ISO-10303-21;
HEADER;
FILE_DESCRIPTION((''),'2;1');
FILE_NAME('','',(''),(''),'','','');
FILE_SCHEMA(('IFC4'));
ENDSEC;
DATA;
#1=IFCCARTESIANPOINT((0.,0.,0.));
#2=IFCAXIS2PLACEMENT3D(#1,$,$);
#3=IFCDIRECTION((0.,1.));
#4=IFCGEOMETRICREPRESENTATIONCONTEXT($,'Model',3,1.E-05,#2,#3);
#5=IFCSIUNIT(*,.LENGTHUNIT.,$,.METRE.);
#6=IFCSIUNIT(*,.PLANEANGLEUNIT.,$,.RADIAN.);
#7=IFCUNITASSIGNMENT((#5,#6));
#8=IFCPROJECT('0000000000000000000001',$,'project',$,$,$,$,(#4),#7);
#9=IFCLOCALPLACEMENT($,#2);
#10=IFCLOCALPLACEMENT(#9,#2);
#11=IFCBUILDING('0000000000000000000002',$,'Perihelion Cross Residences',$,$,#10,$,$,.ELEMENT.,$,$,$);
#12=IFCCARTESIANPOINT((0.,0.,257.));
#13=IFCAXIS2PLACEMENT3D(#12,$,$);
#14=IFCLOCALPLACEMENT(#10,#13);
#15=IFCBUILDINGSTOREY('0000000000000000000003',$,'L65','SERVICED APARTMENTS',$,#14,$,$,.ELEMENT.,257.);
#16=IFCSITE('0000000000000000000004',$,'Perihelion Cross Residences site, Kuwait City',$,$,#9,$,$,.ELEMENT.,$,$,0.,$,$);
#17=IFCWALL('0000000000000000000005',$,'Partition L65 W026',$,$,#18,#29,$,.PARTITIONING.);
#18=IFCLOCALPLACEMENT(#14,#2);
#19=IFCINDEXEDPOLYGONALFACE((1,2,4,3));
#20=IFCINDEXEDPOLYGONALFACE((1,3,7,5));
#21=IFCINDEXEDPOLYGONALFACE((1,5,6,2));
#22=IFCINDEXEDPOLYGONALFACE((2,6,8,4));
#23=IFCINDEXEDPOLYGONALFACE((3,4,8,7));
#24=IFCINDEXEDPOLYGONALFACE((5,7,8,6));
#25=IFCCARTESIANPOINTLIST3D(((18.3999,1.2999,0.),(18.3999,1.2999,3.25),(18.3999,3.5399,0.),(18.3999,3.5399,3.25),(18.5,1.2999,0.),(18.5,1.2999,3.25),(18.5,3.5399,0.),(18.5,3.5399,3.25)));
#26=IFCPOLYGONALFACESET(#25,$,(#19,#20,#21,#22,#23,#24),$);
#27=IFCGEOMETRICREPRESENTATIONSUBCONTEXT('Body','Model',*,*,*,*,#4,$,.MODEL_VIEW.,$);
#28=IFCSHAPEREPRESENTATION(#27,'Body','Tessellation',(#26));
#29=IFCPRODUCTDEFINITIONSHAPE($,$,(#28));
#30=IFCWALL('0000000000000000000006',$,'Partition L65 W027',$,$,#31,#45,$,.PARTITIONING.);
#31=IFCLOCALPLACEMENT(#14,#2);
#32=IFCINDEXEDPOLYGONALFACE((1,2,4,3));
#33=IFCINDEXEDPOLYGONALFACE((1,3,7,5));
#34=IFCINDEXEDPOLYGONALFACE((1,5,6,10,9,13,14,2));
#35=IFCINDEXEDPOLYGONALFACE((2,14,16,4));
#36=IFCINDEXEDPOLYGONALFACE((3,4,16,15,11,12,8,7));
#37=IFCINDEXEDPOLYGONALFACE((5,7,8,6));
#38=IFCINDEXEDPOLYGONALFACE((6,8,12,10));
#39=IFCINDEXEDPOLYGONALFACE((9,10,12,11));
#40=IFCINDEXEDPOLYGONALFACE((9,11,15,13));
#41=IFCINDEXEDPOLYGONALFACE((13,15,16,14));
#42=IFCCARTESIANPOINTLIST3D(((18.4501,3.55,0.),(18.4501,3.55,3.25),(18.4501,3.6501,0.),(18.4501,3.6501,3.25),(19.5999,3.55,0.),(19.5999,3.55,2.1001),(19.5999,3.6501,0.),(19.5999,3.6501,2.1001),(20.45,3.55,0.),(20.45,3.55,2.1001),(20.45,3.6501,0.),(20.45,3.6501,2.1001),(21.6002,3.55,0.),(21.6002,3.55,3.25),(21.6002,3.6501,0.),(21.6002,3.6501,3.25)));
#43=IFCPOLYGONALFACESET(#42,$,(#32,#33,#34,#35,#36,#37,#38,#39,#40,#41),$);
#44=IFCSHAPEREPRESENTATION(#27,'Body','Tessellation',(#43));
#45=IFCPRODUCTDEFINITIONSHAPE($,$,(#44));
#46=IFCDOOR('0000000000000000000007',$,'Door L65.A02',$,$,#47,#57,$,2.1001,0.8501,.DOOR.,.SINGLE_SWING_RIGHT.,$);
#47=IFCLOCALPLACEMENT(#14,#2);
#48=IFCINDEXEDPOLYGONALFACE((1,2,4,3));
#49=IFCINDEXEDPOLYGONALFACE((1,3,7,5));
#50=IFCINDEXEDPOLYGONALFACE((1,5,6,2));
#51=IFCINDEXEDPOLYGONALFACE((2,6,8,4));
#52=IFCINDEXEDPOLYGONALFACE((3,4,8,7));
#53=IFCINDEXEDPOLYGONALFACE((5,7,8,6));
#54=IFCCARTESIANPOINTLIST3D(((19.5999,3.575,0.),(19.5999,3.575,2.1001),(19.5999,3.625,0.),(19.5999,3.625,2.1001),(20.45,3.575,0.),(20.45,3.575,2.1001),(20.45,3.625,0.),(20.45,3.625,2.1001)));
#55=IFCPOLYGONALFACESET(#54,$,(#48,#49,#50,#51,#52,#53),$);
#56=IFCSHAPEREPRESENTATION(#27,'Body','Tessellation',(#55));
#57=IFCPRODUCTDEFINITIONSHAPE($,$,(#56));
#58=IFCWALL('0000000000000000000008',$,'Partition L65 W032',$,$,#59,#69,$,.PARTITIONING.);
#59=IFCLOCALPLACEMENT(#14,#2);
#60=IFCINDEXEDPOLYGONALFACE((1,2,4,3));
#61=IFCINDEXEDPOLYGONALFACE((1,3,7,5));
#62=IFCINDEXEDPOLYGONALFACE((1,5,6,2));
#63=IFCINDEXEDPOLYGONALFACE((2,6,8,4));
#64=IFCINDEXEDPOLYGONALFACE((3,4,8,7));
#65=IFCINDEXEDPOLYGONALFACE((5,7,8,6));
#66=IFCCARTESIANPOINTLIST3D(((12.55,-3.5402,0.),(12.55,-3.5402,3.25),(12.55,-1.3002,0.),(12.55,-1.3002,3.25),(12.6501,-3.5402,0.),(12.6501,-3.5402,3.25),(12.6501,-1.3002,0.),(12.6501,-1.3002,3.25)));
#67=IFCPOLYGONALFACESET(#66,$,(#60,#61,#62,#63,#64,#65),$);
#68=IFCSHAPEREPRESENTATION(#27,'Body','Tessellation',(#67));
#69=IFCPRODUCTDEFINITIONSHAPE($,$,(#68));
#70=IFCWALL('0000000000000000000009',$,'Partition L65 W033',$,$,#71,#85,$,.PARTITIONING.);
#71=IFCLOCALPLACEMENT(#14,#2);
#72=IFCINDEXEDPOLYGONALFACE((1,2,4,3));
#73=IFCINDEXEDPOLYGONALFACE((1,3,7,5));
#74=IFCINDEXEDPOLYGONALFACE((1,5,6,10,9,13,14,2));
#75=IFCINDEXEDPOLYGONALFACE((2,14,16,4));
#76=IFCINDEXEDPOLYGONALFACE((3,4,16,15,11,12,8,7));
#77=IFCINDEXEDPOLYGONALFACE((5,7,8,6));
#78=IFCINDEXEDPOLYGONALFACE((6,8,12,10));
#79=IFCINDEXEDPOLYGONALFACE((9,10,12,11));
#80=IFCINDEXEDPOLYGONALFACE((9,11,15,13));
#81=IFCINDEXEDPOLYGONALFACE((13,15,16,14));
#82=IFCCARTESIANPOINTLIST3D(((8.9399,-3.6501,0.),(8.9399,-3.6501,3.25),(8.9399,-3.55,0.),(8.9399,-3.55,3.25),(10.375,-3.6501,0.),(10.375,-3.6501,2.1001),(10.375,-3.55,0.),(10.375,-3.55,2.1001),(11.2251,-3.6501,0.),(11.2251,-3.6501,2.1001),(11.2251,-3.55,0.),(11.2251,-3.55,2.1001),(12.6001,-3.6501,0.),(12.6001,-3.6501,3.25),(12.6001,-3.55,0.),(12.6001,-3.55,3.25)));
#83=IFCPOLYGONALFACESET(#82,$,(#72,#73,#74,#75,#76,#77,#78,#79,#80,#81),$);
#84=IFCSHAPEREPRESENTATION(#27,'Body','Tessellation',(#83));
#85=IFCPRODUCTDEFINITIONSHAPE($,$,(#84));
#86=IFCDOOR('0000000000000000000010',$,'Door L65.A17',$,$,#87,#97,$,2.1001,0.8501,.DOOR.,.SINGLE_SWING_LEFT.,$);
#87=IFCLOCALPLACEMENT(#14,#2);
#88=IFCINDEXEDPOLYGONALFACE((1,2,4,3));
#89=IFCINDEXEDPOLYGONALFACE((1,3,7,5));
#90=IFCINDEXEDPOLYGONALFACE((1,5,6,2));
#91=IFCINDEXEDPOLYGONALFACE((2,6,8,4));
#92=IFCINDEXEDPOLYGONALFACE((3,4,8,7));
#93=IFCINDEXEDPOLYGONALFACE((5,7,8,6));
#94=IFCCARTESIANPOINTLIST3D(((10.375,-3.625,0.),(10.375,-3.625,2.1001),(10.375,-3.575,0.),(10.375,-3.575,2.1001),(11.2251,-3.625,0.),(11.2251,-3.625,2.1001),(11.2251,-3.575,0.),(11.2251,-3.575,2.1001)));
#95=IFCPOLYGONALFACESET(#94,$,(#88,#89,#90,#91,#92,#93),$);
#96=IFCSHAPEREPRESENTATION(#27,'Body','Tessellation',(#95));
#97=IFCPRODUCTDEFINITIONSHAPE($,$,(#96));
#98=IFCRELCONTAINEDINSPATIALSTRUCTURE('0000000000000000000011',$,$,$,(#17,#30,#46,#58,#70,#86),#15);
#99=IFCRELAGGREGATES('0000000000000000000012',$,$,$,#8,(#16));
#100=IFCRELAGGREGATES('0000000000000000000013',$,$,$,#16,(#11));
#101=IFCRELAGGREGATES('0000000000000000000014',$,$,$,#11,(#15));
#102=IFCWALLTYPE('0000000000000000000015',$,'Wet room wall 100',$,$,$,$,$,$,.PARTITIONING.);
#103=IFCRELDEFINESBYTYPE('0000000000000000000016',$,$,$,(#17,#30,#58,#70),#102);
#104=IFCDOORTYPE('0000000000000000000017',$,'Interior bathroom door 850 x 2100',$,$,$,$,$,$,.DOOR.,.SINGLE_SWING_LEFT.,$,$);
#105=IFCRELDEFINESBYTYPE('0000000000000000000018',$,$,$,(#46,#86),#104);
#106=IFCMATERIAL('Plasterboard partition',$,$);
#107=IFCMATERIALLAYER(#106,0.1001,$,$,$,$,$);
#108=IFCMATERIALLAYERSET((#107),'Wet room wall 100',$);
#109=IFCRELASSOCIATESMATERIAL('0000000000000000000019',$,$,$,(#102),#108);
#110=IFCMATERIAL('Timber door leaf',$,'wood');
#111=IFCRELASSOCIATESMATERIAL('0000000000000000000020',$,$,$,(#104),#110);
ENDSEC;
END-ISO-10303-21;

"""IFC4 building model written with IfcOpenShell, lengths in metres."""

from ifc_helpers import new_model, si_unit, direction, frame, frame_2d, origin, place, context, subcontext, project, spatial, rectangle, extrude, material, layer, layer_set, type_object, element, fill, save


model = new_model("IFC4")

# Units and contexts
model_context = context("Model", 3, precision=1e-05, world=origin(), true_north=direction((0.0, 1.0)))
body_context = subcontext(model_context, "Body", "Model", "MODEL_VIEW")
ifc_project = project(units=[si_unit("LENGTHUNIT", "METRE"), si_unit("PLANEANGLEUNIT", "RADIAN")], contexts=[model_context])

# Site, building, storey
site_placement = place(None, origin())
site = spatial("IfcSite", under=ifc_project, at=site_placement, Name="Perihelion Cross Residences site, Kuwait City", CompositionType="ELEMENT", RefElevation=0.0)
building_placement = place(site_placement, origin())
building = spatial("IfcBuilding", under=site, at=building_placement, Name="Perihelion Cross Residences", CompositionType="ELEMENT")
storey_placement = place(building_placement, frame((0.0, 0.0, 257.0)))
storey = spatial("IfcBuildingStorey", under=building, at=storey_placement, Name="L65", Description="SERVICED APARTMENTS", CompositionType="ELEMENT", Elevation=257.0)

# Wall
ifc_material_1 = material(Name="Plasterboard partition")
ifc_layer_1 = layer(ifc_material_1, 0.1001)
ifc_layer_set_1 = layer_set([ifc_layer_1], Name="Wet room wall 100")
wall_type_1 = type_object("IfcWallType", Name="Wet room wall 100", PredefinedType="PARTITIONING", material=ifc_layer_set_1)
wall_1_placement = place(storey_placement, frame((18.45, 3.54, 0.0), z_axis=(0.0, 0.0, 1.0), x_axis=(0.0, -1.0, 0.0)))
element("IfcWall", 1, at=wall_1_placement, inside=storey, type_object=wall_type_1, Name="Partition L65 W026", PredefinedType="PARTITIONING", context=body_context, shape_type="SweptSolid", body=[
    extrude(rectangle(XDim=2.24, YDim=0.1001, at=frame_2d((1.1201, 0.0))), origin(), (0.0, 0.0, 1.0), 3.25),
])

# Wall, opening, door
wall_2_placement = place(storey_placement, frame((18.45, 3.6001, 0.0), z_axis=(0.0, 0.0, 1.0), x_axis=(1.0, 0.0, 0.0)))
wall_2 = element("IfcWall", 2, at=wall_2_placement, inside=storey, type_object=wall_type_1, Name="Partition L65 W027", PredefinedType="PARTITIONING", context=body_context, shape_type="SweptSolid", body=[
    extrude(rectangle(XDim=3.1501, YDim=0.1001, at=frame_2d((1.5752, 0.0))), origin(), (0.0, 0.0, 1.0), 3.25),
])
opening_1_placement = place(wall_2_placement, frame((1.1499, 0.0, 0.0)))
opening_1 = element("IfcOpeningElement", 3, at=opening_1_placement, cuts=wall_2, PredefinedType="OPENING", context=body_context, shape_type="SweptSolid", body=[
    extrude(rectangle(XDim=0.8501, YDim=2.1001, at=frame_2d((0.425, 1.05))), frame((0.0, 0.0601, 0.0), z_axis=(0.0, -1.0, 0.0), x_axis=(1.0, 0.0, 0.0)), (0.0, 0.0, 1.0), 0.1201),
])
ifc_material_2 = material(Name="Timber door leaf", Category="wood")
door_type_1 = type_object("IfcDoorType", Name="Interior bathroom door 850 x 2100", OperationType="SINGLE_SWING_LEFT", PredefinedType="DOOR", material=ifc_material_2)
door_1_placement = place(opening_1_placement, origin())
door_1 = element("IfcDoor", 4, at=door_1_placement, inside=storey, type_object=door_type_1, Name="Door L65.A02", OperationType="SINGLE_SWING_RIGHT", OverallHeight=2.1001, OverallWidth=0.8501, PredefinedType="DOOR", context=body_context, shape_type="SweptSolid", body=[
    extrude(rectangle(XDim=0.8501, YDim=2.1001, at=frame_2d((0.425, 1.05))), frame((0.0, 0.0249, 0.0), z_axis=(0.0, -1.0, 0.0), x_axis=(1.0, 0.0, 0.0)), (0.0, 0.0, 1.0), 0.05),
])
fill(opening_1, door_1)

# Wall
wall_3_placement = place(storey_placement, frame((12.6001, -1.3, 0.0), z_axis=(0.0, 0.0, 1.0), x_axis=(0.0, -1.0, 0.0)))
element("IfcWall", 5, at=wall_3_placement, inside=storey, type_object=wall_type_1, Name="Partition L65 W032", PredefinedType="PARTITIONING", context=body_context, shape_type="SweptSolid", body=[
    extrude(rectangle(XDim=2.24, YDim=0.1001, at=frame_2d((1.1201, 0.0))), origin(), (0.0, 0.0, 1.0), 3.25),
])

# Wall, opening, door
wall_4_placement = place(storey_placement, frame((12.6001, -3.6001, 0.0), z_axis=(0.0, 0.0, 1.0), x_axis=(-1.0, 0.0, 0.0)))
wall_4 = element("IfcWall", 6, at=wall_4_placement, inside=storey, type_object=wall_type_1, Name="Partition L65 W033", PredefinedType="PARTITIONING", context=body_context, shape_type="SweptSolid", body=[
    extrude(rectangle(XDim=3.6602, YDim=0.1001, at=frame_2d((1.8301, 0.0))), origin(), (0.0, 0.0, 1.0), 3.25),
])
opening_2_placement = place(wall_4_placement, frame((1.375, 0.0, 0.0)))
opening_2 = element("IfcOpeningElement", 7, at=opening_2_placement, cuts=wall_4, PredefinedType="OPENING", context=body_context, shape_type="SweptSolid", body=[
    extrude(rectangle(XDim=0.8501, YDim=2.1001, at=frame_2d((0.425, 1.05))), frame((0.0, 0.0601, 0.0), z_axis=(0.0, -1.0, 0.0), x_axis=(1.0, 0.0, 0.0)), (0.0, 0.0, 1.0), 0.1201),
])
door_2_placement = place(opening_2_placement, origin())
door_2 = element("IfcDoor", 8, at=door_2_placement, inside=storey, type_object=door_type_1, Name="Door L65.A17", OperationType="SINGLE_SWING_LEFT", OverallHeight=2.1001, OverallWidth=0.8501, PredefinedType="DOOR", context=body_context, shape_type="SweptSolid", body=[
    extrude(rectangle(XDim=0.8501, YDim=2.1001, at=frame_2d((0.425, 1.05))), frame((0.0, 0.0249, 0.0), z_axis=(0.0, -1.0, 0.0), x_axis=(1.0, 0.0, 0.0)), (0.0, 0.0, 1.0), 0.05),
])
fill(opening_2, door_2)

save(model, "model.ifc")
